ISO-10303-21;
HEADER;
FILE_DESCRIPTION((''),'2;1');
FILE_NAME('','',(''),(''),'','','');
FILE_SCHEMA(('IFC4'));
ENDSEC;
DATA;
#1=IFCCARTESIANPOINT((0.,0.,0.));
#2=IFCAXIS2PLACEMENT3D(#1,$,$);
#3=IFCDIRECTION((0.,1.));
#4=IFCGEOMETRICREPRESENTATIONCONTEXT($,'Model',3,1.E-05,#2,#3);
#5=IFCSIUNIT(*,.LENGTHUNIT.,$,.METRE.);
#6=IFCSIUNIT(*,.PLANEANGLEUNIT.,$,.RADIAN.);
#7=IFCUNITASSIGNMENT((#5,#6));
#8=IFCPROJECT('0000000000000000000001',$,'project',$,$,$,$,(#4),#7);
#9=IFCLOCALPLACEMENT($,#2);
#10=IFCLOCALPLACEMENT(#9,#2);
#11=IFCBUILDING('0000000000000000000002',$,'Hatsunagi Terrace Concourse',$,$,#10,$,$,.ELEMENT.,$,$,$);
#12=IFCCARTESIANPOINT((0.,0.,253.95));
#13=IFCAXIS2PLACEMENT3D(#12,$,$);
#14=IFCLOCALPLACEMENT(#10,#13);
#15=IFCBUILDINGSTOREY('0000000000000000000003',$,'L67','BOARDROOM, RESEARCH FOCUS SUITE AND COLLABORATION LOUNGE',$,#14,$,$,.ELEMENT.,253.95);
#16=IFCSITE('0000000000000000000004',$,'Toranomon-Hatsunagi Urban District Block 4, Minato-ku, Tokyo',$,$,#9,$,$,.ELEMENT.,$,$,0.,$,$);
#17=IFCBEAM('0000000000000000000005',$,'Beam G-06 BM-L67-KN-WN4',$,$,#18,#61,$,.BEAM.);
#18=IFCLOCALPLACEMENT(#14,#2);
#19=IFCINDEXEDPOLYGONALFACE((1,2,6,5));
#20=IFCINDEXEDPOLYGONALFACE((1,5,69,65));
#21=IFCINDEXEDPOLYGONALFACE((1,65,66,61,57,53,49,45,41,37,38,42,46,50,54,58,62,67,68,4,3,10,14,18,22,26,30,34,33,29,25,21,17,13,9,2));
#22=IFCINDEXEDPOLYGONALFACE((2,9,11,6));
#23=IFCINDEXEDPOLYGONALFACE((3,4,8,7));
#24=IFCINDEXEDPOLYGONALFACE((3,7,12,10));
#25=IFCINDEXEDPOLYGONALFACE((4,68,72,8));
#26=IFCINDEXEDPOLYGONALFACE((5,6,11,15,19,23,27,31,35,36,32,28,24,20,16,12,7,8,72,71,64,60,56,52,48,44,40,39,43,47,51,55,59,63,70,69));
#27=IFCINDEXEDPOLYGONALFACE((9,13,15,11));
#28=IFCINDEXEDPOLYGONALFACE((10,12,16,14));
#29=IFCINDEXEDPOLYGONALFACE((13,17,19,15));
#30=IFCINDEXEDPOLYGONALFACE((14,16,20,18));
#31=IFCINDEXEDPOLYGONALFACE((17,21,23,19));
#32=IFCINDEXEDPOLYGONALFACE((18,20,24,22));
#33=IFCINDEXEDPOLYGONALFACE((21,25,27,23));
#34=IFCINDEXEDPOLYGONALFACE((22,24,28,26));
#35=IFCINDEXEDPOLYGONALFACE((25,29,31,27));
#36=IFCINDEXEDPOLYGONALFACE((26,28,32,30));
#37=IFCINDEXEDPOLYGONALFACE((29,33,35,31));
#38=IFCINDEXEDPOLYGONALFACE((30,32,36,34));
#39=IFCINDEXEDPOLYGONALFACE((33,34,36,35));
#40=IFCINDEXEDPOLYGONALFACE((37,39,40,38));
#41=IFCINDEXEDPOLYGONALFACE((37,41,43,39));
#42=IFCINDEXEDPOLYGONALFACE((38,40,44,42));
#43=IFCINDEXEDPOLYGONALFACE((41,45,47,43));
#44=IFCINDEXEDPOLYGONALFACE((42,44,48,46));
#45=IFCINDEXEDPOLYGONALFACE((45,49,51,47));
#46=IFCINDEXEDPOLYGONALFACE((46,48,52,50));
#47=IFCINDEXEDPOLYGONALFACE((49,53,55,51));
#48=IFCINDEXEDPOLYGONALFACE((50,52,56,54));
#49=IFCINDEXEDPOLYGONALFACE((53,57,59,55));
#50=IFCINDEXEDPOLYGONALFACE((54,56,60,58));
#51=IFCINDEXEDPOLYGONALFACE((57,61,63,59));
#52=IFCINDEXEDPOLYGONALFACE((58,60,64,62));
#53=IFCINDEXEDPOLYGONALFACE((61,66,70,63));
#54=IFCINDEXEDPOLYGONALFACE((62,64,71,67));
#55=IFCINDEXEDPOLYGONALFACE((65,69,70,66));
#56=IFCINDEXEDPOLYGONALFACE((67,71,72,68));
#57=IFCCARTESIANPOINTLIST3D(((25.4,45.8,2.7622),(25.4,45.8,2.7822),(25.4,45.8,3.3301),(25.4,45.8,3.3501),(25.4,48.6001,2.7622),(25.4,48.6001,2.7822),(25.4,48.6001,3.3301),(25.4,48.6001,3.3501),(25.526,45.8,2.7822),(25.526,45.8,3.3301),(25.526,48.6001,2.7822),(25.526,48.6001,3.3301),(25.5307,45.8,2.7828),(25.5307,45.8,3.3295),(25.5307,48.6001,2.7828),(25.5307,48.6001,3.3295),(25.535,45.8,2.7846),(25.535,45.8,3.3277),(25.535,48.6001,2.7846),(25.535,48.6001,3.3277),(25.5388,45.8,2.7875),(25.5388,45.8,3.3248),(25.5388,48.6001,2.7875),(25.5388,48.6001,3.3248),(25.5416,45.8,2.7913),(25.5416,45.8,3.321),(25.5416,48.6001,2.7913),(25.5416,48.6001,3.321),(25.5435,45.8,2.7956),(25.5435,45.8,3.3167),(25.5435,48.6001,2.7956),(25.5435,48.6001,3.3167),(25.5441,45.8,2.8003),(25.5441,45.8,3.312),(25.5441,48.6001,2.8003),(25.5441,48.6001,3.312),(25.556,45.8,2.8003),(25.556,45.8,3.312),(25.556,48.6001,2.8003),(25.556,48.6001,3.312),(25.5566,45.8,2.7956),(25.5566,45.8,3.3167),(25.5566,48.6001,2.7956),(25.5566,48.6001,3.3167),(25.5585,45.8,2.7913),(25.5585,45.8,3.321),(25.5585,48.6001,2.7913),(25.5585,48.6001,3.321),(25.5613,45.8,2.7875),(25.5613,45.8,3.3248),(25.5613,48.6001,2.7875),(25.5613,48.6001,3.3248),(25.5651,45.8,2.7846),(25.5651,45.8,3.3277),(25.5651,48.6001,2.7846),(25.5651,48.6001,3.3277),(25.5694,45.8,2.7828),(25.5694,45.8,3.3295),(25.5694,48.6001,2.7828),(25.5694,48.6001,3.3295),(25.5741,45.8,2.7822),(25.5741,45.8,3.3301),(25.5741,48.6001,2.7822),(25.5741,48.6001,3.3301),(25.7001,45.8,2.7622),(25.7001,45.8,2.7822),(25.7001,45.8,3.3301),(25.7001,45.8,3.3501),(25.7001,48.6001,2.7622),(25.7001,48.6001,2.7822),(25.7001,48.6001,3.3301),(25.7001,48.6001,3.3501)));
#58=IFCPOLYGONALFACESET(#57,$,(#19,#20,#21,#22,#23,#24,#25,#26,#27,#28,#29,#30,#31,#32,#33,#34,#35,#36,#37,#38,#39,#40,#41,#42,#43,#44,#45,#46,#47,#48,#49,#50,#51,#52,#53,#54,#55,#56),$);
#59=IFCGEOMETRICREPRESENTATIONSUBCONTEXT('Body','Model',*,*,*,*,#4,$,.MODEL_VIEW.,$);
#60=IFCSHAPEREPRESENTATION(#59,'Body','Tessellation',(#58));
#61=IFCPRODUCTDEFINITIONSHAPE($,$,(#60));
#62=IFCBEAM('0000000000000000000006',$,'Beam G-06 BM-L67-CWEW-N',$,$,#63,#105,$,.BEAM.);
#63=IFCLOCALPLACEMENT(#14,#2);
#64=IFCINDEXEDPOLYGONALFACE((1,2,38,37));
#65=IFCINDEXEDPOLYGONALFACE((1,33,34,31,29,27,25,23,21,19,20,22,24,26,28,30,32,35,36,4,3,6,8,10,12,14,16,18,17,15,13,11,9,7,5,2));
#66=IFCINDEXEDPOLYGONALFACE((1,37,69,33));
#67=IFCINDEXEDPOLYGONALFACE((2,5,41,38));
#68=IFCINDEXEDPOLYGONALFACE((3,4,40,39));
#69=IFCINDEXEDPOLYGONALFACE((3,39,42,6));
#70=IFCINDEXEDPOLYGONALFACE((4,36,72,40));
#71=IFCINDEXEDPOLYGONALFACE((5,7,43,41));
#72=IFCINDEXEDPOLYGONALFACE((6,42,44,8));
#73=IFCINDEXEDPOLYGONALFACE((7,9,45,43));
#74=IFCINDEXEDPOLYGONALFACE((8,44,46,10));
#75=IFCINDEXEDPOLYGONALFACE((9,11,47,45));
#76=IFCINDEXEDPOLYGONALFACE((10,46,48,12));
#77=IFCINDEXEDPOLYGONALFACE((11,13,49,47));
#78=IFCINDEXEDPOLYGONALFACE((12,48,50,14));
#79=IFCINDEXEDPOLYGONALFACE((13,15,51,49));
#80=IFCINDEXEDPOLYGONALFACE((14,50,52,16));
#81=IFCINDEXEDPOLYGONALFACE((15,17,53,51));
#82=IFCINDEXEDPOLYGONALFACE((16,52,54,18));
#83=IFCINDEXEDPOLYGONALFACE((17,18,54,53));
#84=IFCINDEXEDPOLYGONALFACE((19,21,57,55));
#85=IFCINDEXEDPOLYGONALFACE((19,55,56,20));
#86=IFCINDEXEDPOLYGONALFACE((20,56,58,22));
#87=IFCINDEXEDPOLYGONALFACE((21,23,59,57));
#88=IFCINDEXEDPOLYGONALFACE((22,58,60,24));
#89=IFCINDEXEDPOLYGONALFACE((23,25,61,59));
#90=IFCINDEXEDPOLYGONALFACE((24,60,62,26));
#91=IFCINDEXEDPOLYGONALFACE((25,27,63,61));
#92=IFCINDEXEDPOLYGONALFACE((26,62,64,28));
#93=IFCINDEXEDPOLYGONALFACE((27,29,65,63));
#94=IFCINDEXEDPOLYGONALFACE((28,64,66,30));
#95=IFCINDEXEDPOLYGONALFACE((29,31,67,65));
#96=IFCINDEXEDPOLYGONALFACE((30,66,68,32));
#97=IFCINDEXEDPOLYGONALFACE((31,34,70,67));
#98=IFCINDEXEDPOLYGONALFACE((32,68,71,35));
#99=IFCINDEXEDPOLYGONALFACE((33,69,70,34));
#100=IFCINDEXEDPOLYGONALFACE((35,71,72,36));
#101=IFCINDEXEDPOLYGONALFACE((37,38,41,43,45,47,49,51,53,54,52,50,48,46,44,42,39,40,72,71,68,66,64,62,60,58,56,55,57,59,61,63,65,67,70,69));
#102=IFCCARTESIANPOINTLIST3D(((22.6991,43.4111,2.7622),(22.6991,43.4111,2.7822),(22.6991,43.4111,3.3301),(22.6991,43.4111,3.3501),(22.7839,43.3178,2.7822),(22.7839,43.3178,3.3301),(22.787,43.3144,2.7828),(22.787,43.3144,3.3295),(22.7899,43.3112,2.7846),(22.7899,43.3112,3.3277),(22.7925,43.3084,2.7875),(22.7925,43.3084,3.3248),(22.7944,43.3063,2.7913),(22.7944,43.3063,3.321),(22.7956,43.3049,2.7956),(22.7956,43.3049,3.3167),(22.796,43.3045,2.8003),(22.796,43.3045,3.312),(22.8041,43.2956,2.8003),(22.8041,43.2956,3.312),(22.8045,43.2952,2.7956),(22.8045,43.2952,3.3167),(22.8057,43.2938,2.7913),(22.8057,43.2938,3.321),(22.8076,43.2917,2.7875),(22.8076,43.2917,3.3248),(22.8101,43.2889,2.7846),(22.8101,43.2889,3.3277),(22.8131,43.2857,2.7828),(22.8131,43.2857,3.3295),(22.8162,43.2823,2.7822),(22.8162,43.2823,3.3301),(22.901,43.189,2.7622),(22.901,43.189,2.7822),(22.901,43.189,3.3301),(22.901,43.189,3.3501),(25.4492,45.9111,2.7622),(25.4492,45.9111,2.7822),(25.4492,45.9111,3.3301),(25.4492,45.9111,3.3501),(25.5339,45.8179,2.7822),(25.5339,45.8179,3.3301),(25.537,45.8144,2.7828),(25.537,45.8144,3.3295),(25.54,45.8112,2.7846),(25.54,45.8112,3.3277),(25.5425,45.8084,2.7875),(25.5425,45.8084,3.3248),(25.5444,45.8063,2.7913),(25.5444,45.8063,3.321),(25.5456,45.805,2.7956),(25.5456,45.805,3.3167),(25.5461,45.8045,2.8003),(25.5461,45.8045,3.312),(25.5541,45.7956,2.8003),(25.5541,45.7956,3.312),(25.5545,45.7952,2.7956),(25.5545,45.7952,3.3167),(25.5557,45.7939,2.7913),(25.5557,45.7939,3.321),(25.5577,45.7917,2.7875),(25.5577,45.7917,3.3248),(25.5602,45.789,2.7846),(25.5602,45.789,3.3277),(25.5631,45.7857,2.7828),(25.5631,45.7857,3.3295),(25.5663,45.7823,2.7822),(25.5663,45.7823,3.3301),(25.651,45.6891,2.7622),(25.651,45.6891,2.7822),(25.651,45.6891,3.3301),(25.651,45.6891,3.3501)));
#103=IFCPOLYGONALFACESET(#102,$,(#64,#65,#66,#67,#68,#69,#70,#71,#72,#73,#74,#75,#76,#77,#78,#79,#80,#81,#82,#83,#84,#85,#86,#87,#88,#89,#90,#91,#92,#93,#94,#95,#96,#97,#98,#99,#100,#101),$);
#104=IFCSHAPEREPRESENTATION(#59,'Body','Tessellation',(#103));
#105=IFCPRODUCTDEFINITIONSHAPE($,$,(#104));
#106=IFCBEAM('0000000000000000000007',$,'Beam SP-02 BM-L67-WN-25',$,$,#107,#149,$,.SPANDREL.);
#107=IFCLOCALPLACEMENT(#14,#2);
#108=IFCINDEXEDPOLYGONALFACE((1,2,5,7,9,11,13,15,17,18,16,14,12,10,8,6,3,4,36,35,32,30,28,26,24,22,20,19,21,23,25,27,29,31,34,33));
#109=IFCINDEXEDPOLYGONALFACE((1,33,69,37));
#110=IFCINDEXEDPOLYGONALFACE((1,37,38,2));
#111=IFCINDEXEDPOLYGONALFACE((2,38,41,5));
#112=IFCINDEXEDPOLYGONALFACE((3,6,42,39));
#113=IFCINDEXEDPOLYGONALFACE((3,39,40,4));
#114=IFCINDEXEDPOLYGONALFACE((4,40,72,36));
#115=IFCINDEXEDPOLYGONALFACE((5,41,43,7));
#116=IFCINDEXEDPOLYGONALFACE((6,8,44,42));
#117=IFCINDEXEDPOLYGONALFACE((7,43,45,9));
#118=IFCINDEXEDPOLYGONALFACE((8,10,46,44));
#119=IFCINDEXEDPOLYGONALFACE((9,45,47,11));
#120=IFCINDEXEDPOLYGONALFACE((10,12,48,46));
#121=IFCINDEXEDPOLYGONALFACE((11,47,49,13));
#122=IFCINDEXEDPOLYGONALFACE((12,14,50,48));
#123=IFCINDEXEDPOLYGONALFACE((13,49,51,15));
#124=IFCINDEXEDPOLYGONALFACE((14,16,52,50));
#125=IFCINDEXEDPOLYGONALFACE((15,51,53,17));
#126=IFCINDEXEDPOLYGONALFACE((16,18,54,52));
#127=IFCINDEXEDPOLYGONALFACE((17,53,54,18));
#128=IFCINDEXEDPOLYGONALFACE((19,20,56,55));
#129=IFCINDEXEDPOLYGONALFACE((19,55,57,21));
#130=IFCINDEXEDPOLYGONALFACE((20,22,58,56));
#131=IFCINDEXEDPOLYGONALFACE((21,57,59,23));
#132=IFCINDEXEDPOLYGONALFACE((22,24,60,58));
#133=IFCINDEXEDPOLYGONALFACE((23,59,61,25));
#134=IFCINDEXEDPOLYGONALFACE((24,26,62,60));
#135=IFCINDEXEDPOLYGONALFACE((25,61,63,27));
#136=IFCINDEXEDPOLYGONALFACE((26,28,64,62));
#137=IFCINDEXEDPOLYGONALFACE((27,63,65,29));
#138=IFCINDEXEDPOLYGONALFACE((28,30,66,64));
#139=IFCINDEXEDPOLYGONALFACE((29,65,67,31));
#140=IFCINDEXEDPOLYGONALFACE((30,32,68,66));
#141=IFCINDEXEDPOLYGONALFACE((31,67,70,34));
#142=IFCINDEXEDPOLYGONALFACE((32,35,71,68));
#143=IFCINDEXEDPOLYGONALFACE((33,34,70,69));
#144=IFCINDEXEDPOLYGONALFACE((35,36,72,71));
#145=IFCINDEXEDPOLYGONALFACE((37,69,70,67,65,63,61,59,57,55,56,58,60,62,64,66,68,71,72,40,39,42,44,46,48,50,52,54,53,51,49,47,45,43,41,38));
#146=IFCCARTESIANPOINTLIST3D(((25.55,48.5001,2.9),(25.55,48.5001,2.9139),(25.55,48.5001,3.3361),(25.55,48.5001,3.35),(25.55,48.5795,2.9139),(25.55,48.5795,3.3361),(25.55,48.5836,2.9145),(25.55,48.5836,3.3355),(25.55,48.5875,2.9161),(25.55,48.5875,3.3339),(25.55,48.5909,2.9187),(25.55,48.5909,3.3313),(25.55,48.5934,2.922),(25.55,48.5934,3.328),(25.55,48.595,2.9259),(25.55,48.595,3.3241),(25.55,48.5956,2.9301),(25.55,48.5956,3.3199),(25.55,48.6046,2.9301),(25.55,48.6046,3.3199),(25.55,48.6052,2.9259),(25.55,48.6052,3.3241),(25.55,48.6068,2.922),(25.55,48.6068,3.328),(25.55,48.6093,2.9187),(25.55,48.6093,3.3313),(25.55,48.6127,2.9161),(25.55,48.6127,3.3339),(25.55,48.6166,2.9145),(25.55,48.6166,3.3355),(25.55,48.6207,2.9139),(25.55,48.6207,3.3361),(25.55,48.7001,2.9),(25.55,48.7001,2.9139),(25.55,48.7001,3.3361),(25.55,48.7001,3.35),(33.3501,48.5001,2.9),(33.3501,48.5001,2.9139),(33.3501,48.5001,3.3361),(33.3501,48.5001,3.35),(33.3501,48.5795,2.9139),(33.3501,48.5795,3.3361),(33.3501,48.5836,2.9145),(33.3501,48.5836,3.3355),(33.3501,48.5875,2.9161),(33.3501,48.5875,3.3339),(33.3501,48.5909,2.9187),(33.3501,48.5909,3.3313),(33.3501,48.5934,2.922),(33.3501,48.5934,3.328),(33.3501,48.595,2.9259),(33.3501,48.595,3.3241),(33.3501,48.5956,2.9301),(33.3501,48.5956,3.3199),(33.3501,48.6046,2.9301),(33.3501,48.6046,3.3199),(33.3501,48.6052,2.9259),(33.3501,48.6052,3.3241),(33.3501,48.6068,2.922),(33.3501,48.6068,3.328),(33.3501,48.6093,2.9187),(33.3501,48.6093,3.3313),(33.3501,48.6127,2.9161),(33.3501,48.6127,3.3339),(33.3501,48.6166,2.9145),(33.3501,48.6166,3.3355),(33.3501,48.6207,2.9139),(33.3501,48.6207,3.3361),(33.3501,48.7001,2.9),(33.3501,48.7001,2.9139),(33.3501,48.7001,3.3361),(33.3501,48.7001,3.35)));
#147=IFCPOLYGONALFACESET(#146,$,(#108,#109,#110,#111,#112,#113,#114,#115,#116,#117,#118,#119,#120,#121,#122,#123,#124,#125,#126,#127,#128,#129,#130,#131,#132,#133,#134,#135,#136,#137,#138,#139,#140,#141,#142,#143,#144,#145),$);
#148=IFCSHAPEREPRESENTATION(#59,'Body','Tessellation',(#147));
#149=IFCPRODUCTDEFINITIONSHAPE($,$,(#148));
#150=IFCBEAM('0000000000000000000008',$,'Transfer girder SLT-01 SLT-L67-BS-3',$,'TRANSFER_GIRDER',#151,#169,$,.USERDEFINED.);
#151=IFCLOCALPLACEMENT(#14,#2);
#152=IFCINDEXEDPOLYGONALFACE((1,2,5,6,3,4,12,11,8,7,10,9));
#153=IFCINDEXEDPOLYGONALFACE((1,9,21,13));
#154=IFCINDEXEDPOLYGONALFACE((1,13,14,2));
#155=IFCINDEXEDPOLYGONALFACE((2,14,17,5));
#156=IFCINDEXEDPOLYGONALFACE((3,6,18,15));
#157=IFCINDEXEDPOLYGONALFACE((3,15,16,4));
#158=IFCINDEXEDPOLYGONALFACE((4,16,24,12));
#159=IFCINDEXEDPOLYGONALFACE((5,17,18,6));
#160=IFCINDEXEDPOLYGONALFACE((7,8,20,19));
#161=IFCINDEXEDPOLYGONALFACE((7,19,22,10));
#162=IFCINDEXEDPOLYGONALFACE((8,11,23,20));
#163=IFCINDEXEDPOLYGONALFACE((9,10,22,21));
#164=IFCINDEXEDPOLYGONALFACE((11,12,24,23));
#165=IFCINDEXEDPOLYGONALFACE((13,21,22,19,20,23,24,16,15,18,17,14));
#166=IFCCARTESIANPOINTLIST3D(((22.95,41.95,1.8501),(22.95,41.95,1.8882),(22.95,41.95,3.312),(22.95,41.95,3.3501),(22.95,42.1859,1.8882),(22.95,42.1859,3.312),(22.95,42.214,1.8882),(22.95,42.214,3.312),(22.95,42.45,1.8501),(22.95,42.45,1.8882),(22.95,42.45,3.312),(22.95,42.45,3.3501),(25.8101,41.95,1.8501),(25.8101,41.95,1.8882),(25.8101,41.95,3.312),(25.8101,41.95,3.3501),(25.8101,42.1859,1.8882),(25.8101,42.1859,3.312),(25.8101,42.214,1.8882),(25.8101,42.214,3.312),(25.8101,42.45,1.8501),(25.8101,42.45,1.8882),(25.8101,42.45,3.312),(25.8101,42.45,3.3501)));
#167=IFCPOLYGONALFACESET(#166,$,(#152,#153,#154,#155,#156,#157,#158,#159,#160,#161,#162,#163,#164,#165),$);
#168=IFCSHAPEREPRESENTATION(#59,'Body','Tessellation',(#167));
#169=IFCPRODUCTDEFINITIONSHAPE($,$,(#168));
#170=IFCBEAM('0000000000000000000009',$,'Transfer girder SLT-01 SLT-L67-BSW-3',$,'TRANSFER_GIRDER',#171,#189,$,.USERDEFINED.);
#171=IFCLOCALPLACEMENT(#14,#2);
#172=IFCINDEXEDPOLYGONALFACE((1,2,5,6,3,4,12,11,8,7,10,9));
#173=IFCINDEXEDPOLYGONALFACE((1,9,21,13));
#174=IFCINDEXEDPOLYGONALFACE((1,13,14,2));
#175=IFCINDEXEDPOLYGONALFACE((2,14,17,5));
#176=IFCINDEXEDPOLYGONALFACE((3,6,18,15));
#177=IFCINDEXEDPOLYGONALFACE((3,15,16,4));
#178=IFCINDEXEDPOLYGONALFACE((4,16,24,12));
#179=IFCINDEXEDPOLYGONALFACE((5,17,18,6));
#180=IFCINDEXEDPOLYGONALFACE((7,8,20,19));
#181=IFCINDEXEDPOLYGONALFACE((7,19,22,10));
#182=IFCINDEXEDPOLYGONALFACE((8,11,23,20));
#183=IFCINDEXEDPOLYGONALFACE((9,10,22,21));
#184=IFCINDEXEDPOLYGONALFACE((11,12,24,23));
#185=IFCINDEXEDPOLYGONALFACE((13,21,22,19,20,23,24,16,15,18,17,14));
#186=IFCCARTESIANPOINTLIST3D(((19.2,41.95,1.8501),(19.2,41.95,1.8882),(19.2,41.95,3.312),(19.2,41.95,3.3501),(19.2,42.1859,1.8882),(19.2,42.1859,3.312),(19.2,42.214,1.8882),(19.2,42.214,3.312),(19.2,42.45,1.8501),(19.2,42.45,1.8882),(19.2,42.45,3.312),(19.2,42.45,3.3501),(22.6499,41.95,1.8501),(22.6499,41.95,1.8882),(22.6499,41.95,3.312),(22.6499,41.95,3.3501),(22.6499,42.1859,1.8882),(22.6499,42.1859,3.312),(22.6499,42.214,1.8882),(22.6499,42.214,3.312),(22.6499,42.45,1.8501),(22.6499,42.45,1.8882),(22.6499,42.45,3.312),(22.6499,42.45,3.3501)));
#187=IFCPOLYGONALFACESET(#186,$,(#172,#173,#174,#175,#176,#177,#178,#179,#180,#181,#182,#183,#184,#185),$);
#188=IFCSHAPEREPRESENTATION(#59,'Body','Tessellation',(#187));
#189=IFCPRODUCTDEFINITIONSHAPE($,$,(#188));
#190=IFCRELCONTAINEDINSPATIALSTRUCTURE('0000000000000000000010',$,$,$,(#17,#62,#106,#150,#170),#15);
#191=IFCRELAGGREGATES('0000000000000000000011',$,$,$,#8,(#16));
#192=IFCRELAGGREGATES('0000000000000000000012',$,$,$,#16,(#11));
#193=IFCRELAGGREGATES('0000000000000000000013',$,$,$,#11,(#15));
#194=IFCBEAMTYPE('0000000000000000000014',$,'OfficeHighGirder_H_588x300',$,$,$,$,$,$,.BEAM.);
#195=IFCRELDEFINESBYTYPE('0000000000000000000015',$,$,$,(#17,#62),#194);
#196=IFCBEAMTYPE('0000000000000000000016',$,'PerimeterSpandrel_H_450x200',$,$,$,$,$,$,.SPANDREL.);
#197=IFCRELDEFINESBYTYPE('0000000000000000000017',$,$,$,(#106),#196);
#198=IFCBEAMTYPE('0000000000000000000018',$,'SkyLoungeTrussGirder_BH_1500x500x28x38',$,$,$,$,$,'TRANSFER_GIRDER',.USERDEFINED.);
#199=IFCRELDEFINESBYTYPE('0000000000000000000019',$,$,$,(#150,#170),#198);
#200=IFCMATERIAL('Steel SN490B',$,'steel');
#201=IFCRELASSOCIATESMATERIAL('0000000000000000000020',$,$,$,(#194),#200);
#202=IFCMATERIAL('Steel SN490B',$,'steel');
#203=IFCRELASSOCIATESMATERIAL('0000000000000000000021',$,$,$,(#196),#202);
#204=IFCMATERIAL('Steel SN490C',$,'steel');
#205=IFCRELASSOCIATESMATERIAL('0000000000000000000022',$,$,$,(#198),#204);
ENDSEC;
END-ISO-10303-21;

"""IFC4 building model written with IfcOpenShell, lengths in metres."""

from ifc_helpers import new_model, si_unit, direction, frame, origin, origin_2d, place, context, subcontext, project, spatial, i_section, extrude, material, material_profile, profile_set, type_object, element, save


model = new_model("IFC4")

# Units and contexts
model_context = context("Model", 3, precision=1e-05, world=origin(), true_north=direction((0.0, 1.0)))
body_context = subcontext(model_context, "Body", "Model", "MODEL_VIEW")
ifc_project = project(units=[si_unit("LENGTHUNIT", "METRE"), si_unit("PLANEANGLEUNIT", "RADIAN")], contexts=[model_context])

# Site, building, storey
site_placement = place(None, origin())
site = spatial("IfcSite", under=ifc_project, at=site_placement, Name="Toranomon-Hatsunagi Urban District Block 4, Minato-ku, Tokyo", CompositionType="ELEMENT", RefElevation=0.0)
building_placement = place(site_placement, origin())
building = spatial("IfcBuilding", under=site, at=building_placement, Name="Hatsunagi Terrace Concourse", CompositionType="ELEMENT")
storey_placement = place(building_placement, frame((0.0, 0.0, 253.95)))
storey = spatial("IfcBuildingStorey", under=building, at=storey_placement, Name="L67", Description="BOARDROOM, RESEARCH FOCUS SUITE AND COLLABORATION LOUNGE", CompositionType="ELEMENT", Elevation=253.95)

# Beams
ifc_material_1 = material(Name="Steel SN490B", Category="steel")
ifc_material_profile_1 = material_profile(ifc_material_1, i_section(OverallWidth=0.3, OverallDepth=0.5879, WebThickness=0.012, FlangeThickness=0.02, FilletRadius=0.0181, at=origin_2d()), Name="H-588x300x12x20")
ifc_profile_set_1 = profile_set([ifc_material_profile_1], Name="Steel SN490B")
beam_type_1 = type_object("IfcBeamType", Name="OfficeHighGirder_H_588x300", PredefinedType="BEAM", material=ifc_profile_set_1)
beam_1_placement = place(storey_placement, frame((25.55, 45.8, 3.0562), z_axis=(0.0, 1.0, 0.0), x_axis=(-1.0, 0.0, 0.0)))
element("IfcBeam", 1, at=beam_1_placement, inside=storey, type_object=beam_type_1, Name="Beam G-06 BM-L67-KN-WN4", PredefinedType="BEAM", context=body_context, shape_type="SweptSolid", body=[
    extrude(i_section(OverallWidth=0.3, OverallDepth=0.5879, WebThickness=0.012, FlangeThickness=0.02, FilletRadius=0.0181, at=origin_2d()), origin(), (0.0, 0.0, 1.0), 2.8),
])
beam_2_placement = place(storey_placement, frame((22.8, 43.3, 3.0562), z_axis=(0.73994, 0.672673, 0.0), x_axis=(-0.672673, 0.73994, 0.0)))
element("IfcBeam", 2, at=beam_2_placement, inside=storey, type_object=beam_type_1, Name="Beam G-06 BM-L67-CWEW-N", PredefinedType="BEAM", context=body_context, shape_type="SweptSolid", body=[
    extrude(i_section(OverallWidth=0.3, OverallDepth=0.5879, WebThickness=0.012, FlangeThickness=0.02, FilletRadius=0.0181, at=origin_2d()), origin(), (0.0, 0.0, 1.0), 3.7166),
])
ifc_material_2 = material(Name="Steel SN490B", Category="steel")
ifc_material_profile_2 = material_profile(ifc_material_2, i_section(OverallWidth=0.2, OverallDepth=0.45, WebThickness=0.009, FlangeThickness=0.0139, FilletRadius=0.0161, at=origin_2d()), Name="H-450x200x9x14")
ifc_profile_set_2 = profile_set([ifc_material_profile_2], Name="Steel SN490B")
beam_type_2 = type_object("IfcBeamType", Name="PerimeterSpandrel_H_450x200", PredefinedType="SPANDREL", material=ifc_profile_set_2)
beam_3_placement = place(storey_placement, frame((25.55, 48.6001, 3.125), z_axis=(1.0, 0.0, 0.0), x_axis=(0.0, 1.0, 0.0)))
element("IfcBeam", 3, at=beam_3_placement, inside=storey, type_object=beam_type_2, Name="Beam SP-02 BM-L67-WN-25", PredefinedType="SPANDREL", context=body_context, shape_type="SweptSolid", body=[
    extrude(i_section(OverallWidth=0.2, OverallDepth=0.45, WebThickness=0.009, FlangeThickness=0.0139, FilletRadius=0.0161, at=origin_2d()), origin(), (0.0, 0.0, 1.0), 7.8),
])
ifc_material_3 = material(Name="Steel SN490C", Category="steel")
ifc_material_profile_3 = material_profile(ifc_material_3, i_section(OverallWidth=0.5, OverallDepth=1.5, WebThickness=0.0281, FlangeThickness=0.0381, at=origin_2d()), Name="BH-1500x500x28x38")
ifc_profile_set_3 = profile_set([ifc_material_profile_3], Name="Steel SN490C")
beam_type_3 = type_object("IfcBeamType", Name="SkyLoungeTrussGirder_BH_1500x500x28x38", ElementType="TRANSFER_GIRDER", PredefinedType="USERDEFINED", material=ifc_profile_set_3)
beam_4_placement = place(storey_placement, frame((25.8101, 42.2, 2.6001), z_axis=(-1.0, 0.0, 0.0), x_axis=(0.0, -1.0, 0.0)))
element("IfcBeam", 4, at=beam_4_placement, inside=storey, type_object=beam_type_3, Name="Transfer girder SLT-01 SLT-L67-BS-3", ObjectType="TRANSFER_GIRDER", PredefinedType="USERDEFINED", context=body_context, shape_type="SweptSolid", body=[
    extrude(i_section(OverallWidth=0.5, OverallDepth=1.5, WebThickness=0.0281, FlangeThickness=0.0381, at=origin_2d()), origin(), (0.0, 0.0, 1.0), 2.8601),
])
beam_5_placement = place(storey_placement, frame((22.6499, 42.2, 2.6001), z_axis=(-1.0, 0.0, 0.0), x_axis=(0.0, -1.0, 0.0)))
element("IfcBeam", 5, at=beam_5_placement, inside=storey, type_object=beam_type_3, Name="Transfer girder SLT-01 SLT-L67-BSW-3", ObjectType="TRANSFER_GIRDER", PredefinedType="USERDEFINED", context=body_context, shape_type="SweptSolid", body=[
    extrude(i_section(OverallWidth=0.5, OverallDepth=1.5, WebThickness=0.0281, FlangeThickness=0.0381, at=origin_2d()), origin(), (0.0, 0.0, 1.0), 3.45),
])

save(model, "model.ifc")
